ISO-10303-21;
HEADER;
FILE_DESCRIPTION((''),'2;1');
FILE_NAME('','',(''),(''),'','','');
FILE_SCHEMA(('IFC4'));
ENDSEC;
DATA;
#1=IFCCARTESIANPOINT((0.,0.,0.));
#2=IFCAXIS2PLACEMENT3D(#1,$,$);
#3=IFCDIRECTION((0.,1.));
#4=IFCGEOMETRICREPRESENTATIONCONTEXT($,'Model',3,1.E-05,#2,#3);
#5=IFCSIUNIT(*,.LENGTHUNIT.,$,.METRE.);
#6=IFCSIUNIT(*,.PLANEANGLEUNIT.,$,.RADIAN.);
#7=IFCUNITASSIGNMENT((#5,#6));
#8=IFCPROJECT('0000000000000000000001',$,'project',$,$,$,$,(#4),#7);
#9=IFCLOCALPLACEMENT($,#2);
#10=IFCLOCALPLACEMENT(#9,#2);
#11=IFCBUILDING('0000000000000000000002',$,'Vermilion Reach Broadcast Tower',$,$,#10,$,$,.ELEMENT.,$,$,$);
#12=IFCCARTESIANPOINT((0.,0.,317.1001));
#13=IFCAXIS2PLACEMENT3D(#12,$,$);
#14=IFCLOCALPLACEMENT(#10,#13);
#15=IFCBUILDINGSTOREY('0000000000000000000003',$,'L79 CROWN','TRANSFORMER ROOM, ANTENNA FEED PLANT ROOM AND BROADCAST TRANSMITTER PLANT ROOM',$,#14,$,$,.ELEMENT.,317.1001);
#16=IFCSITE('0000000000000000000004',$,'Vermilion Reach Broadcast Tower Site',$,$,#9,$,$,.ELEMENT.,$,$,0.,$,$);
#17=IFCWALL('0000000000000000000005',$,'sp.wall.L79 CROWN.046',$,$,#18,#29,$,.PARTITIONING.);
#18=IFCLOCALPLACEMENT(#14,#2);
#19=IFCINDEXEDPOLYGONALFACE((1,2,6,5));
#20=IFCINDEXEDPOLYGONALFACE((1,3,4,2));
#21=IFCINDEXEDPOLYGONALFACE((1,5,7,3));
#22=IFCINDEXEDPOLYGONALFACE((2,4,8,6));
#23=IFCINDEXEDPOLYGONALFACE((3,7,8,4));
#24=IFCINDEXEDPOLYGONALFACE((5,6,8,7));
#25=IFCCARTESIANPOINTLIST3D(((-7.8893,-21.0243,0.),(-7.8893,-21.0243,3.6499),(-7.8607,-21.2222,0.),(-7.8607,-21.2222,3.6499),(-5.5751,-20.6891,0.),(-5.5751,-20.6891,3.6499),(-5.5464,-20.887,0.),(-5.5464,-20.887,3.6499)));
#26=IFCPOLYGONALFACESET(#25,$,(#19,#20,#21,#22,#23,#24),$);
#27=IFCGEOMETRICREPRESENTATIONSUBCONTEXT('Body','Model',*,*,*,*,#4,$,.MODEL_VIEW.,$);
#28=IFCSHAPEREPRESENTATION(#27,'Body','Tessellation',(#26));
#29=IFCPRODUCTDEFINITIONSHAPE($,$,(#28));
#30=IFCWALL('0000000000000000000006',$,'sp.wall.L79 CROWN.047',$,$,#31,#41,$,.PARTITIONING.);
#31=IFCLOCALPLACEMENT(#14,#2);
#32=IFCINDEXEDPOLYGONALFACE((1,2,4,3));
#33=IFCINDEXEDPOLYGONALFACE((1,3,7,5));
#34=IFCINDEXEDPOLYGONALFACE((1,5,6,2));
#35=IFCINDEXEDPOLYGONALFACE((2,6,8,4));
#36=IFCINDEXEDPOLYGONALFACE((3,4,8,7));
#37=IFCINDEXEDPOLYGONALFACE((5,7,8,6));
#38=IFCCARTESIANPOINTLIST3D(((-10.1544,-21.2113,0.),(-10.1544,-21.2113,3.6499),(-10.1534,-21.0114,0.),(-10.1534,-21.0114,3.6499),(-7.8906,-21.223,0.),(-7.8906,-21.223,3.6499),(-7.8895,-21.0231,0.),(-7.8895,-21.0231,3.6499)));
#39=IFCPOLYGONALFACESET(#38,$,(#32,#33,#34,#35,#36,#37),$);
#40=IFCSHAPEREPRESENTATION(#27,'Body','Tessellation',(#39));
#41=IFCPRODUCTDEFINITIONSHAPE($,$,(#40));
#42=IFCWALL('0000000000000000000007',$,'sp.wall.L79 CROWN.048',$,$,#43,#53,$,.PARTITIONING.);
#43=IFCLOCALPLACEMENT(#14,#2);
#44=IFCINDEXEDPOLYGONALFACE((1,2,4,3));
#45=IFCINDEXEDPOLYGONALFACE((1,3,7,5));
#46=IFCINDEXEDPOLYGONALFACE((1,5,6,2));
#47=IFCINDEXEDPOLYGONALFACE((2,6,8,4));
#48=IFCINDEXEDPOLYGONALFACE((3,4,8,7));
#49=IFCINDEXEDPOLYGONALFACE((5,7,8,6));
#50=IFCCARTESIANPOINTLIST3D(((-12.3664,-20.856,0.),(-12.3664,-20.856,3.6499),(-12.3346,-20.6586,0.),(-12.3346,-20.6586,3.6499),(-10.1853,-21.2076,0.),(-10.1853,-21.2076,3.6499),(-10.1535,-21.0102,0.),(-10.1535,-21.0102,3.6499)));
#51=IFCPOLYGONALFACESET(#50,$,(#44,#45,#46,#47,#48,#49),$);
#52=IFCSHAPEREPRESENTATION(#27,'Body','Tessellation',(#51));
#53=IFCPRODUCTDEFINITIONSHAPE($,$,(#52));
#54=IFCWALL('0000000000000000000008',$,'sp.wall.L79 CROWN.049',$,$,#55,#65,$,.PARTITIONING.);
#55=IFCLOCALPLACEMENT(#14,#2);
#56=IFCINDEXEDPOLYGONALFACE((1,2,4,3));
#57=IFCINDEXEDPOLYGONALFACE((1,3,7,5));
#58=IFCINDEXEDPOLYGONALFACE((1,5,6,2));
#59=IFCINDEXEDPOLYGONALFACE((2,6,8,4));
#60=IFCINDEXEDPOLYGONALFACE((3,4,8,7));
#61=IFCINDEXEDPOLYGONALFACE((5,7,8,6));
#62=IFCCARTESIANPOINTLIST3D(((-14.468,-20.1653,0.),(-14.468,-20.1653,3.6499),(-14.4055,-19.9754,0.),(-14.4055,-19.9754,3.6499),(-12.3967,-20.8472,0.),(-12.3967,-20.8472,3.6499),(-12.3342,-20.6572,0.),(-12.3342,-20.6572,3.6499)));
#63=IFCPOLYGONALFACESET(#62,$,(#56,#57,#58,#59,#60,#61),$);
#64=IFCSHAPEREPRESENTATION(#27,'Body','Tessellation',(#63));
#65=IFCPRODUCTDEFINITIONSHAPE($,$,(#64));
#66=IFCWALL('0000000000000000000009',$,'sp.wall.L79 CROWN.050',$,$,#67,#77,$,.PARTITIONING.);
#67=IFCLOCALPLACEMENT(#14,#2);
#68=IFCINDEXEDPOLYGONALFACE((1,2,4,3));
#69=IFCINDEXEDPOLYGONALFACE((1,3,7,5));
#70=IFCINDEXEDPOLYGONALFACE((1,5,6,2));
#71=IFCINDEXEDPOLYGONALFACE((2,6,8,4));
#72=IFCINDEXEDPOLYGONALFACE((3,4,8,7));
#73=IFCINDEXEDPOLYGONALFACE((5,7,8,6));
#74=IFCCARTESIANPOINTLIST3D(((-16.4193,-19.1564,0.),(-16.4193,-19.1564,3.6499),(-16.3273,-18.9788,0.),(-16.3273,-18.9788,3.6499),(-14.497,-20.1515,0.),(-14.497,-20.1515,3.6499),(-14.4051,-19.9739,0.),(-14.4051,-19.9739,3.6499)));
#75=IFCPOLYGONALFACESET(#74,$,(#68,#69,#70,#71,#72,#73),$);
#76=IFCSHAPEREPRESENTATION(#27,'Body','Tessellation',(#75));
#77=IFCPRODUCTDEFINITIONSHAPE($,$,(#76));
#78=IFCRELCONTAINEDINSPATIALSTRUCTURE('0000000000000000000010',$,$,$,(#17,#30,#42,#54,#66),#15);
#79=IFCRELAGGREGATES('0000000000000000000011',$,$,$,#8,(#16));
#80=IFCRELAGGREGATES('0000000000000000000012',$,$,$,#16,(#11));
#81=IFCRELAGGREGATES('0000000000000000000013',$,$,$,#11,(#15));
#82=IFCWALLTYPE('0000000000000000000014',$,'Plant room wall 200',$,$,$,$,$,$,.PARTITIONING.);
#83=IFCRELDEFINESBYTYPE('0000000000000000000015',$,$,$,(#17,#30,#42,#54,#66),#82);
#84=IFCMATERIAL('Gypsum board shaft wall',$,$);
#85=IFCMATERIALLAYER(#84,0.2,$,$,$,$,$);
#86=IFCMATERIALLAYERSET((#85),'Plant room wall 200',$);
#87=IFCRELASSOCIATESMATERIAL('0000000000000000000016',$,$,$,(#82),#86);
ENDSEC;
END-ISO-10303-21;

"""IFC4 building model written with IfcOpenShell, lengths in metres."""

from ifc_helpers import new_model, si_unit, direction, frame, frame_2d, origin, place, context, subcontext, project, spatial, rectangle, extrude, material, layer, layer_set, type_object, element, save


model = new_model("IFC4")

# Units and contexts
model_context = context("Model", 3, precision=1e-05, world=origin(), true_north=direction((0.0, 1.0)))
body_context = subcontext(model_context, "Body", "Model", "MODEL_VIEW")
ifc_project = project(units=[si_unit("LENGTHUNIT", "METRE"), si_unit("PLANEANGLEUNIT", "RADIAN")], contexts=[model_context])

# Site, building, storey
site_placement = place(None, origin())
site = spatial("IfcSite", under=ifc_project, at=site_placement, Name="Vermilion Reach Broadcast Tower Site", CompositionType="ELEMENT", RefElevation=0.0)
building_placement = place(site_placement, origin())
building = spatial("IfcBuilding", under=site, at=building_placement, Name="Vermilion Reach Broadcast Tower", CompositionType="ELEMENT")
storey_placement = place(building_placement, frame((0.0, 0.0, 317.1001)))
storey = spatial("IfcBuildingStorey", under=building, at=storey_placement, Name="L79 CROWN", Description="TRANSFORMER ROOM, ANTENNA FEED PLANT ROOM AND BROADCAST TRANSMITTER PLANT ROOM", CompositionType="ELEMENT", Elevation=317.1001)

# Walls
ifc_material_1 = material(Name="Gypsum board shaft wall")
ifc_layer_1 = layer(ifc_material_1, 0.2)
ifc_layer_set_1 = layer_set([ifc_layer_1], Name="Plant room wall 200")
wall_type = type_object("IfcWallType", Name="Plant room wall 200", PredefinedType="PARTITIONING", material=ifc_layer_set_1)
wall_1_placement = place(storey_placement, frame((-7.875, -21.1233, 0.0), z_axis=(0.0, 0.0, 1.0), x_axis=(0.989672, 0.143351, 0.0)))
element("IfcWall", 1, at=wall_1_placement, inside=storey, type_object=wall_type, Name="sp.wall.L79 CROWN.046", PredefinedType="PARTITIONING", context=body_context, shape_type="SweptSolid", body=[
    extrude(rectangle(XDim=2.3384, YDim=0.2, at=frame_2d((1.1692, 0.0))), origin(), (0.0, 0.0, 1.0), 3.6499),
])
wall_2_placement = place(storey_placement, frame((-10.1538, -21.1113, 0.0), z_axis=(0.0, 0.0, 1.0), x_axis=(0.999987, -0.005176, 0.0)))
element("IfcWall", 2, at=wall_2_placement, inside=storey, type_object=wall_type, Name="sp.wall.L79 CROWN.047", PredefinedType="PARTITIONING", context=body_context, shape_type="SweptSolid", body=[
    extrude(rectangle(XDim=2.2639, YDim=0.2, at=frame_2d((1.1318, 0.0))), origin(), (0.0, 0.0, 1.0), 3.6499),
])
wall_3_placement = place(storey_placement, frame((-12.3503, -20.7573, 0.0), z_axis=(0.0, 0.0, 1.0), x_axis=(0.987258, -0.159128, 0.0)))
element("IfcWall", 3, at=wall_3_placement, inside=storey, type_object=wall_type, Name="sp.wall.L79 CROWN.048", PredefinedType="PARTITIONING", context=body_context, shape_type="SweptSolid", body=[
    extrude(rectangle(XDim=2.2092, YDim=0.2, at=frame_2d((1.1045, 0.0))), origin(), (0.0, 0.0, 1.0), 3.6499),
])
wall_4_placement = place(storey_placement, frame((-14.4368, -20.0703, 0.0), z_axis=(0.0, 0.0, 1.0), x_axis=(0.949852, -0.312699, 0.0)))
element("IfcWall", 4, at=wall_4_placement, inside=storey, type_object=wall_type, Name="sp.wall.L79 CROWN.049", PredefinedType="PARTITIONING", context=body_context, shape_type="SweptSolid", body=[
    extrude(rectangle(XDim=2.1807, YDim=0.2, at=frame_2d((1.0903, 0.0))), origin(), (0.0, 0.0, 1.0), 3.6499),
])
wall_5_placement = place(storey_placement, frame((-16.3733, -19.0676, 0.0), z_axis=(0.0, 0.0, 1.0), x_axis=(0.888068, -0.459711, 0.0)))
element("IfcWall", 5, at=wall_5_placement, inside=storey, type_object=wall_type, Name="sp.wall.L79 CROWN.050", PredefinedType="PARTITIONING", context=body_context, shape_type="SweptSolid", body=[
    extrude(rectangle(XDim=2.1646, YDim=0.2, at=frame_2d((1.0823, 0.0))), origin(), (0.0, 0.0, 1.0), 3.6499),
])

save(model, "model.ifc")
